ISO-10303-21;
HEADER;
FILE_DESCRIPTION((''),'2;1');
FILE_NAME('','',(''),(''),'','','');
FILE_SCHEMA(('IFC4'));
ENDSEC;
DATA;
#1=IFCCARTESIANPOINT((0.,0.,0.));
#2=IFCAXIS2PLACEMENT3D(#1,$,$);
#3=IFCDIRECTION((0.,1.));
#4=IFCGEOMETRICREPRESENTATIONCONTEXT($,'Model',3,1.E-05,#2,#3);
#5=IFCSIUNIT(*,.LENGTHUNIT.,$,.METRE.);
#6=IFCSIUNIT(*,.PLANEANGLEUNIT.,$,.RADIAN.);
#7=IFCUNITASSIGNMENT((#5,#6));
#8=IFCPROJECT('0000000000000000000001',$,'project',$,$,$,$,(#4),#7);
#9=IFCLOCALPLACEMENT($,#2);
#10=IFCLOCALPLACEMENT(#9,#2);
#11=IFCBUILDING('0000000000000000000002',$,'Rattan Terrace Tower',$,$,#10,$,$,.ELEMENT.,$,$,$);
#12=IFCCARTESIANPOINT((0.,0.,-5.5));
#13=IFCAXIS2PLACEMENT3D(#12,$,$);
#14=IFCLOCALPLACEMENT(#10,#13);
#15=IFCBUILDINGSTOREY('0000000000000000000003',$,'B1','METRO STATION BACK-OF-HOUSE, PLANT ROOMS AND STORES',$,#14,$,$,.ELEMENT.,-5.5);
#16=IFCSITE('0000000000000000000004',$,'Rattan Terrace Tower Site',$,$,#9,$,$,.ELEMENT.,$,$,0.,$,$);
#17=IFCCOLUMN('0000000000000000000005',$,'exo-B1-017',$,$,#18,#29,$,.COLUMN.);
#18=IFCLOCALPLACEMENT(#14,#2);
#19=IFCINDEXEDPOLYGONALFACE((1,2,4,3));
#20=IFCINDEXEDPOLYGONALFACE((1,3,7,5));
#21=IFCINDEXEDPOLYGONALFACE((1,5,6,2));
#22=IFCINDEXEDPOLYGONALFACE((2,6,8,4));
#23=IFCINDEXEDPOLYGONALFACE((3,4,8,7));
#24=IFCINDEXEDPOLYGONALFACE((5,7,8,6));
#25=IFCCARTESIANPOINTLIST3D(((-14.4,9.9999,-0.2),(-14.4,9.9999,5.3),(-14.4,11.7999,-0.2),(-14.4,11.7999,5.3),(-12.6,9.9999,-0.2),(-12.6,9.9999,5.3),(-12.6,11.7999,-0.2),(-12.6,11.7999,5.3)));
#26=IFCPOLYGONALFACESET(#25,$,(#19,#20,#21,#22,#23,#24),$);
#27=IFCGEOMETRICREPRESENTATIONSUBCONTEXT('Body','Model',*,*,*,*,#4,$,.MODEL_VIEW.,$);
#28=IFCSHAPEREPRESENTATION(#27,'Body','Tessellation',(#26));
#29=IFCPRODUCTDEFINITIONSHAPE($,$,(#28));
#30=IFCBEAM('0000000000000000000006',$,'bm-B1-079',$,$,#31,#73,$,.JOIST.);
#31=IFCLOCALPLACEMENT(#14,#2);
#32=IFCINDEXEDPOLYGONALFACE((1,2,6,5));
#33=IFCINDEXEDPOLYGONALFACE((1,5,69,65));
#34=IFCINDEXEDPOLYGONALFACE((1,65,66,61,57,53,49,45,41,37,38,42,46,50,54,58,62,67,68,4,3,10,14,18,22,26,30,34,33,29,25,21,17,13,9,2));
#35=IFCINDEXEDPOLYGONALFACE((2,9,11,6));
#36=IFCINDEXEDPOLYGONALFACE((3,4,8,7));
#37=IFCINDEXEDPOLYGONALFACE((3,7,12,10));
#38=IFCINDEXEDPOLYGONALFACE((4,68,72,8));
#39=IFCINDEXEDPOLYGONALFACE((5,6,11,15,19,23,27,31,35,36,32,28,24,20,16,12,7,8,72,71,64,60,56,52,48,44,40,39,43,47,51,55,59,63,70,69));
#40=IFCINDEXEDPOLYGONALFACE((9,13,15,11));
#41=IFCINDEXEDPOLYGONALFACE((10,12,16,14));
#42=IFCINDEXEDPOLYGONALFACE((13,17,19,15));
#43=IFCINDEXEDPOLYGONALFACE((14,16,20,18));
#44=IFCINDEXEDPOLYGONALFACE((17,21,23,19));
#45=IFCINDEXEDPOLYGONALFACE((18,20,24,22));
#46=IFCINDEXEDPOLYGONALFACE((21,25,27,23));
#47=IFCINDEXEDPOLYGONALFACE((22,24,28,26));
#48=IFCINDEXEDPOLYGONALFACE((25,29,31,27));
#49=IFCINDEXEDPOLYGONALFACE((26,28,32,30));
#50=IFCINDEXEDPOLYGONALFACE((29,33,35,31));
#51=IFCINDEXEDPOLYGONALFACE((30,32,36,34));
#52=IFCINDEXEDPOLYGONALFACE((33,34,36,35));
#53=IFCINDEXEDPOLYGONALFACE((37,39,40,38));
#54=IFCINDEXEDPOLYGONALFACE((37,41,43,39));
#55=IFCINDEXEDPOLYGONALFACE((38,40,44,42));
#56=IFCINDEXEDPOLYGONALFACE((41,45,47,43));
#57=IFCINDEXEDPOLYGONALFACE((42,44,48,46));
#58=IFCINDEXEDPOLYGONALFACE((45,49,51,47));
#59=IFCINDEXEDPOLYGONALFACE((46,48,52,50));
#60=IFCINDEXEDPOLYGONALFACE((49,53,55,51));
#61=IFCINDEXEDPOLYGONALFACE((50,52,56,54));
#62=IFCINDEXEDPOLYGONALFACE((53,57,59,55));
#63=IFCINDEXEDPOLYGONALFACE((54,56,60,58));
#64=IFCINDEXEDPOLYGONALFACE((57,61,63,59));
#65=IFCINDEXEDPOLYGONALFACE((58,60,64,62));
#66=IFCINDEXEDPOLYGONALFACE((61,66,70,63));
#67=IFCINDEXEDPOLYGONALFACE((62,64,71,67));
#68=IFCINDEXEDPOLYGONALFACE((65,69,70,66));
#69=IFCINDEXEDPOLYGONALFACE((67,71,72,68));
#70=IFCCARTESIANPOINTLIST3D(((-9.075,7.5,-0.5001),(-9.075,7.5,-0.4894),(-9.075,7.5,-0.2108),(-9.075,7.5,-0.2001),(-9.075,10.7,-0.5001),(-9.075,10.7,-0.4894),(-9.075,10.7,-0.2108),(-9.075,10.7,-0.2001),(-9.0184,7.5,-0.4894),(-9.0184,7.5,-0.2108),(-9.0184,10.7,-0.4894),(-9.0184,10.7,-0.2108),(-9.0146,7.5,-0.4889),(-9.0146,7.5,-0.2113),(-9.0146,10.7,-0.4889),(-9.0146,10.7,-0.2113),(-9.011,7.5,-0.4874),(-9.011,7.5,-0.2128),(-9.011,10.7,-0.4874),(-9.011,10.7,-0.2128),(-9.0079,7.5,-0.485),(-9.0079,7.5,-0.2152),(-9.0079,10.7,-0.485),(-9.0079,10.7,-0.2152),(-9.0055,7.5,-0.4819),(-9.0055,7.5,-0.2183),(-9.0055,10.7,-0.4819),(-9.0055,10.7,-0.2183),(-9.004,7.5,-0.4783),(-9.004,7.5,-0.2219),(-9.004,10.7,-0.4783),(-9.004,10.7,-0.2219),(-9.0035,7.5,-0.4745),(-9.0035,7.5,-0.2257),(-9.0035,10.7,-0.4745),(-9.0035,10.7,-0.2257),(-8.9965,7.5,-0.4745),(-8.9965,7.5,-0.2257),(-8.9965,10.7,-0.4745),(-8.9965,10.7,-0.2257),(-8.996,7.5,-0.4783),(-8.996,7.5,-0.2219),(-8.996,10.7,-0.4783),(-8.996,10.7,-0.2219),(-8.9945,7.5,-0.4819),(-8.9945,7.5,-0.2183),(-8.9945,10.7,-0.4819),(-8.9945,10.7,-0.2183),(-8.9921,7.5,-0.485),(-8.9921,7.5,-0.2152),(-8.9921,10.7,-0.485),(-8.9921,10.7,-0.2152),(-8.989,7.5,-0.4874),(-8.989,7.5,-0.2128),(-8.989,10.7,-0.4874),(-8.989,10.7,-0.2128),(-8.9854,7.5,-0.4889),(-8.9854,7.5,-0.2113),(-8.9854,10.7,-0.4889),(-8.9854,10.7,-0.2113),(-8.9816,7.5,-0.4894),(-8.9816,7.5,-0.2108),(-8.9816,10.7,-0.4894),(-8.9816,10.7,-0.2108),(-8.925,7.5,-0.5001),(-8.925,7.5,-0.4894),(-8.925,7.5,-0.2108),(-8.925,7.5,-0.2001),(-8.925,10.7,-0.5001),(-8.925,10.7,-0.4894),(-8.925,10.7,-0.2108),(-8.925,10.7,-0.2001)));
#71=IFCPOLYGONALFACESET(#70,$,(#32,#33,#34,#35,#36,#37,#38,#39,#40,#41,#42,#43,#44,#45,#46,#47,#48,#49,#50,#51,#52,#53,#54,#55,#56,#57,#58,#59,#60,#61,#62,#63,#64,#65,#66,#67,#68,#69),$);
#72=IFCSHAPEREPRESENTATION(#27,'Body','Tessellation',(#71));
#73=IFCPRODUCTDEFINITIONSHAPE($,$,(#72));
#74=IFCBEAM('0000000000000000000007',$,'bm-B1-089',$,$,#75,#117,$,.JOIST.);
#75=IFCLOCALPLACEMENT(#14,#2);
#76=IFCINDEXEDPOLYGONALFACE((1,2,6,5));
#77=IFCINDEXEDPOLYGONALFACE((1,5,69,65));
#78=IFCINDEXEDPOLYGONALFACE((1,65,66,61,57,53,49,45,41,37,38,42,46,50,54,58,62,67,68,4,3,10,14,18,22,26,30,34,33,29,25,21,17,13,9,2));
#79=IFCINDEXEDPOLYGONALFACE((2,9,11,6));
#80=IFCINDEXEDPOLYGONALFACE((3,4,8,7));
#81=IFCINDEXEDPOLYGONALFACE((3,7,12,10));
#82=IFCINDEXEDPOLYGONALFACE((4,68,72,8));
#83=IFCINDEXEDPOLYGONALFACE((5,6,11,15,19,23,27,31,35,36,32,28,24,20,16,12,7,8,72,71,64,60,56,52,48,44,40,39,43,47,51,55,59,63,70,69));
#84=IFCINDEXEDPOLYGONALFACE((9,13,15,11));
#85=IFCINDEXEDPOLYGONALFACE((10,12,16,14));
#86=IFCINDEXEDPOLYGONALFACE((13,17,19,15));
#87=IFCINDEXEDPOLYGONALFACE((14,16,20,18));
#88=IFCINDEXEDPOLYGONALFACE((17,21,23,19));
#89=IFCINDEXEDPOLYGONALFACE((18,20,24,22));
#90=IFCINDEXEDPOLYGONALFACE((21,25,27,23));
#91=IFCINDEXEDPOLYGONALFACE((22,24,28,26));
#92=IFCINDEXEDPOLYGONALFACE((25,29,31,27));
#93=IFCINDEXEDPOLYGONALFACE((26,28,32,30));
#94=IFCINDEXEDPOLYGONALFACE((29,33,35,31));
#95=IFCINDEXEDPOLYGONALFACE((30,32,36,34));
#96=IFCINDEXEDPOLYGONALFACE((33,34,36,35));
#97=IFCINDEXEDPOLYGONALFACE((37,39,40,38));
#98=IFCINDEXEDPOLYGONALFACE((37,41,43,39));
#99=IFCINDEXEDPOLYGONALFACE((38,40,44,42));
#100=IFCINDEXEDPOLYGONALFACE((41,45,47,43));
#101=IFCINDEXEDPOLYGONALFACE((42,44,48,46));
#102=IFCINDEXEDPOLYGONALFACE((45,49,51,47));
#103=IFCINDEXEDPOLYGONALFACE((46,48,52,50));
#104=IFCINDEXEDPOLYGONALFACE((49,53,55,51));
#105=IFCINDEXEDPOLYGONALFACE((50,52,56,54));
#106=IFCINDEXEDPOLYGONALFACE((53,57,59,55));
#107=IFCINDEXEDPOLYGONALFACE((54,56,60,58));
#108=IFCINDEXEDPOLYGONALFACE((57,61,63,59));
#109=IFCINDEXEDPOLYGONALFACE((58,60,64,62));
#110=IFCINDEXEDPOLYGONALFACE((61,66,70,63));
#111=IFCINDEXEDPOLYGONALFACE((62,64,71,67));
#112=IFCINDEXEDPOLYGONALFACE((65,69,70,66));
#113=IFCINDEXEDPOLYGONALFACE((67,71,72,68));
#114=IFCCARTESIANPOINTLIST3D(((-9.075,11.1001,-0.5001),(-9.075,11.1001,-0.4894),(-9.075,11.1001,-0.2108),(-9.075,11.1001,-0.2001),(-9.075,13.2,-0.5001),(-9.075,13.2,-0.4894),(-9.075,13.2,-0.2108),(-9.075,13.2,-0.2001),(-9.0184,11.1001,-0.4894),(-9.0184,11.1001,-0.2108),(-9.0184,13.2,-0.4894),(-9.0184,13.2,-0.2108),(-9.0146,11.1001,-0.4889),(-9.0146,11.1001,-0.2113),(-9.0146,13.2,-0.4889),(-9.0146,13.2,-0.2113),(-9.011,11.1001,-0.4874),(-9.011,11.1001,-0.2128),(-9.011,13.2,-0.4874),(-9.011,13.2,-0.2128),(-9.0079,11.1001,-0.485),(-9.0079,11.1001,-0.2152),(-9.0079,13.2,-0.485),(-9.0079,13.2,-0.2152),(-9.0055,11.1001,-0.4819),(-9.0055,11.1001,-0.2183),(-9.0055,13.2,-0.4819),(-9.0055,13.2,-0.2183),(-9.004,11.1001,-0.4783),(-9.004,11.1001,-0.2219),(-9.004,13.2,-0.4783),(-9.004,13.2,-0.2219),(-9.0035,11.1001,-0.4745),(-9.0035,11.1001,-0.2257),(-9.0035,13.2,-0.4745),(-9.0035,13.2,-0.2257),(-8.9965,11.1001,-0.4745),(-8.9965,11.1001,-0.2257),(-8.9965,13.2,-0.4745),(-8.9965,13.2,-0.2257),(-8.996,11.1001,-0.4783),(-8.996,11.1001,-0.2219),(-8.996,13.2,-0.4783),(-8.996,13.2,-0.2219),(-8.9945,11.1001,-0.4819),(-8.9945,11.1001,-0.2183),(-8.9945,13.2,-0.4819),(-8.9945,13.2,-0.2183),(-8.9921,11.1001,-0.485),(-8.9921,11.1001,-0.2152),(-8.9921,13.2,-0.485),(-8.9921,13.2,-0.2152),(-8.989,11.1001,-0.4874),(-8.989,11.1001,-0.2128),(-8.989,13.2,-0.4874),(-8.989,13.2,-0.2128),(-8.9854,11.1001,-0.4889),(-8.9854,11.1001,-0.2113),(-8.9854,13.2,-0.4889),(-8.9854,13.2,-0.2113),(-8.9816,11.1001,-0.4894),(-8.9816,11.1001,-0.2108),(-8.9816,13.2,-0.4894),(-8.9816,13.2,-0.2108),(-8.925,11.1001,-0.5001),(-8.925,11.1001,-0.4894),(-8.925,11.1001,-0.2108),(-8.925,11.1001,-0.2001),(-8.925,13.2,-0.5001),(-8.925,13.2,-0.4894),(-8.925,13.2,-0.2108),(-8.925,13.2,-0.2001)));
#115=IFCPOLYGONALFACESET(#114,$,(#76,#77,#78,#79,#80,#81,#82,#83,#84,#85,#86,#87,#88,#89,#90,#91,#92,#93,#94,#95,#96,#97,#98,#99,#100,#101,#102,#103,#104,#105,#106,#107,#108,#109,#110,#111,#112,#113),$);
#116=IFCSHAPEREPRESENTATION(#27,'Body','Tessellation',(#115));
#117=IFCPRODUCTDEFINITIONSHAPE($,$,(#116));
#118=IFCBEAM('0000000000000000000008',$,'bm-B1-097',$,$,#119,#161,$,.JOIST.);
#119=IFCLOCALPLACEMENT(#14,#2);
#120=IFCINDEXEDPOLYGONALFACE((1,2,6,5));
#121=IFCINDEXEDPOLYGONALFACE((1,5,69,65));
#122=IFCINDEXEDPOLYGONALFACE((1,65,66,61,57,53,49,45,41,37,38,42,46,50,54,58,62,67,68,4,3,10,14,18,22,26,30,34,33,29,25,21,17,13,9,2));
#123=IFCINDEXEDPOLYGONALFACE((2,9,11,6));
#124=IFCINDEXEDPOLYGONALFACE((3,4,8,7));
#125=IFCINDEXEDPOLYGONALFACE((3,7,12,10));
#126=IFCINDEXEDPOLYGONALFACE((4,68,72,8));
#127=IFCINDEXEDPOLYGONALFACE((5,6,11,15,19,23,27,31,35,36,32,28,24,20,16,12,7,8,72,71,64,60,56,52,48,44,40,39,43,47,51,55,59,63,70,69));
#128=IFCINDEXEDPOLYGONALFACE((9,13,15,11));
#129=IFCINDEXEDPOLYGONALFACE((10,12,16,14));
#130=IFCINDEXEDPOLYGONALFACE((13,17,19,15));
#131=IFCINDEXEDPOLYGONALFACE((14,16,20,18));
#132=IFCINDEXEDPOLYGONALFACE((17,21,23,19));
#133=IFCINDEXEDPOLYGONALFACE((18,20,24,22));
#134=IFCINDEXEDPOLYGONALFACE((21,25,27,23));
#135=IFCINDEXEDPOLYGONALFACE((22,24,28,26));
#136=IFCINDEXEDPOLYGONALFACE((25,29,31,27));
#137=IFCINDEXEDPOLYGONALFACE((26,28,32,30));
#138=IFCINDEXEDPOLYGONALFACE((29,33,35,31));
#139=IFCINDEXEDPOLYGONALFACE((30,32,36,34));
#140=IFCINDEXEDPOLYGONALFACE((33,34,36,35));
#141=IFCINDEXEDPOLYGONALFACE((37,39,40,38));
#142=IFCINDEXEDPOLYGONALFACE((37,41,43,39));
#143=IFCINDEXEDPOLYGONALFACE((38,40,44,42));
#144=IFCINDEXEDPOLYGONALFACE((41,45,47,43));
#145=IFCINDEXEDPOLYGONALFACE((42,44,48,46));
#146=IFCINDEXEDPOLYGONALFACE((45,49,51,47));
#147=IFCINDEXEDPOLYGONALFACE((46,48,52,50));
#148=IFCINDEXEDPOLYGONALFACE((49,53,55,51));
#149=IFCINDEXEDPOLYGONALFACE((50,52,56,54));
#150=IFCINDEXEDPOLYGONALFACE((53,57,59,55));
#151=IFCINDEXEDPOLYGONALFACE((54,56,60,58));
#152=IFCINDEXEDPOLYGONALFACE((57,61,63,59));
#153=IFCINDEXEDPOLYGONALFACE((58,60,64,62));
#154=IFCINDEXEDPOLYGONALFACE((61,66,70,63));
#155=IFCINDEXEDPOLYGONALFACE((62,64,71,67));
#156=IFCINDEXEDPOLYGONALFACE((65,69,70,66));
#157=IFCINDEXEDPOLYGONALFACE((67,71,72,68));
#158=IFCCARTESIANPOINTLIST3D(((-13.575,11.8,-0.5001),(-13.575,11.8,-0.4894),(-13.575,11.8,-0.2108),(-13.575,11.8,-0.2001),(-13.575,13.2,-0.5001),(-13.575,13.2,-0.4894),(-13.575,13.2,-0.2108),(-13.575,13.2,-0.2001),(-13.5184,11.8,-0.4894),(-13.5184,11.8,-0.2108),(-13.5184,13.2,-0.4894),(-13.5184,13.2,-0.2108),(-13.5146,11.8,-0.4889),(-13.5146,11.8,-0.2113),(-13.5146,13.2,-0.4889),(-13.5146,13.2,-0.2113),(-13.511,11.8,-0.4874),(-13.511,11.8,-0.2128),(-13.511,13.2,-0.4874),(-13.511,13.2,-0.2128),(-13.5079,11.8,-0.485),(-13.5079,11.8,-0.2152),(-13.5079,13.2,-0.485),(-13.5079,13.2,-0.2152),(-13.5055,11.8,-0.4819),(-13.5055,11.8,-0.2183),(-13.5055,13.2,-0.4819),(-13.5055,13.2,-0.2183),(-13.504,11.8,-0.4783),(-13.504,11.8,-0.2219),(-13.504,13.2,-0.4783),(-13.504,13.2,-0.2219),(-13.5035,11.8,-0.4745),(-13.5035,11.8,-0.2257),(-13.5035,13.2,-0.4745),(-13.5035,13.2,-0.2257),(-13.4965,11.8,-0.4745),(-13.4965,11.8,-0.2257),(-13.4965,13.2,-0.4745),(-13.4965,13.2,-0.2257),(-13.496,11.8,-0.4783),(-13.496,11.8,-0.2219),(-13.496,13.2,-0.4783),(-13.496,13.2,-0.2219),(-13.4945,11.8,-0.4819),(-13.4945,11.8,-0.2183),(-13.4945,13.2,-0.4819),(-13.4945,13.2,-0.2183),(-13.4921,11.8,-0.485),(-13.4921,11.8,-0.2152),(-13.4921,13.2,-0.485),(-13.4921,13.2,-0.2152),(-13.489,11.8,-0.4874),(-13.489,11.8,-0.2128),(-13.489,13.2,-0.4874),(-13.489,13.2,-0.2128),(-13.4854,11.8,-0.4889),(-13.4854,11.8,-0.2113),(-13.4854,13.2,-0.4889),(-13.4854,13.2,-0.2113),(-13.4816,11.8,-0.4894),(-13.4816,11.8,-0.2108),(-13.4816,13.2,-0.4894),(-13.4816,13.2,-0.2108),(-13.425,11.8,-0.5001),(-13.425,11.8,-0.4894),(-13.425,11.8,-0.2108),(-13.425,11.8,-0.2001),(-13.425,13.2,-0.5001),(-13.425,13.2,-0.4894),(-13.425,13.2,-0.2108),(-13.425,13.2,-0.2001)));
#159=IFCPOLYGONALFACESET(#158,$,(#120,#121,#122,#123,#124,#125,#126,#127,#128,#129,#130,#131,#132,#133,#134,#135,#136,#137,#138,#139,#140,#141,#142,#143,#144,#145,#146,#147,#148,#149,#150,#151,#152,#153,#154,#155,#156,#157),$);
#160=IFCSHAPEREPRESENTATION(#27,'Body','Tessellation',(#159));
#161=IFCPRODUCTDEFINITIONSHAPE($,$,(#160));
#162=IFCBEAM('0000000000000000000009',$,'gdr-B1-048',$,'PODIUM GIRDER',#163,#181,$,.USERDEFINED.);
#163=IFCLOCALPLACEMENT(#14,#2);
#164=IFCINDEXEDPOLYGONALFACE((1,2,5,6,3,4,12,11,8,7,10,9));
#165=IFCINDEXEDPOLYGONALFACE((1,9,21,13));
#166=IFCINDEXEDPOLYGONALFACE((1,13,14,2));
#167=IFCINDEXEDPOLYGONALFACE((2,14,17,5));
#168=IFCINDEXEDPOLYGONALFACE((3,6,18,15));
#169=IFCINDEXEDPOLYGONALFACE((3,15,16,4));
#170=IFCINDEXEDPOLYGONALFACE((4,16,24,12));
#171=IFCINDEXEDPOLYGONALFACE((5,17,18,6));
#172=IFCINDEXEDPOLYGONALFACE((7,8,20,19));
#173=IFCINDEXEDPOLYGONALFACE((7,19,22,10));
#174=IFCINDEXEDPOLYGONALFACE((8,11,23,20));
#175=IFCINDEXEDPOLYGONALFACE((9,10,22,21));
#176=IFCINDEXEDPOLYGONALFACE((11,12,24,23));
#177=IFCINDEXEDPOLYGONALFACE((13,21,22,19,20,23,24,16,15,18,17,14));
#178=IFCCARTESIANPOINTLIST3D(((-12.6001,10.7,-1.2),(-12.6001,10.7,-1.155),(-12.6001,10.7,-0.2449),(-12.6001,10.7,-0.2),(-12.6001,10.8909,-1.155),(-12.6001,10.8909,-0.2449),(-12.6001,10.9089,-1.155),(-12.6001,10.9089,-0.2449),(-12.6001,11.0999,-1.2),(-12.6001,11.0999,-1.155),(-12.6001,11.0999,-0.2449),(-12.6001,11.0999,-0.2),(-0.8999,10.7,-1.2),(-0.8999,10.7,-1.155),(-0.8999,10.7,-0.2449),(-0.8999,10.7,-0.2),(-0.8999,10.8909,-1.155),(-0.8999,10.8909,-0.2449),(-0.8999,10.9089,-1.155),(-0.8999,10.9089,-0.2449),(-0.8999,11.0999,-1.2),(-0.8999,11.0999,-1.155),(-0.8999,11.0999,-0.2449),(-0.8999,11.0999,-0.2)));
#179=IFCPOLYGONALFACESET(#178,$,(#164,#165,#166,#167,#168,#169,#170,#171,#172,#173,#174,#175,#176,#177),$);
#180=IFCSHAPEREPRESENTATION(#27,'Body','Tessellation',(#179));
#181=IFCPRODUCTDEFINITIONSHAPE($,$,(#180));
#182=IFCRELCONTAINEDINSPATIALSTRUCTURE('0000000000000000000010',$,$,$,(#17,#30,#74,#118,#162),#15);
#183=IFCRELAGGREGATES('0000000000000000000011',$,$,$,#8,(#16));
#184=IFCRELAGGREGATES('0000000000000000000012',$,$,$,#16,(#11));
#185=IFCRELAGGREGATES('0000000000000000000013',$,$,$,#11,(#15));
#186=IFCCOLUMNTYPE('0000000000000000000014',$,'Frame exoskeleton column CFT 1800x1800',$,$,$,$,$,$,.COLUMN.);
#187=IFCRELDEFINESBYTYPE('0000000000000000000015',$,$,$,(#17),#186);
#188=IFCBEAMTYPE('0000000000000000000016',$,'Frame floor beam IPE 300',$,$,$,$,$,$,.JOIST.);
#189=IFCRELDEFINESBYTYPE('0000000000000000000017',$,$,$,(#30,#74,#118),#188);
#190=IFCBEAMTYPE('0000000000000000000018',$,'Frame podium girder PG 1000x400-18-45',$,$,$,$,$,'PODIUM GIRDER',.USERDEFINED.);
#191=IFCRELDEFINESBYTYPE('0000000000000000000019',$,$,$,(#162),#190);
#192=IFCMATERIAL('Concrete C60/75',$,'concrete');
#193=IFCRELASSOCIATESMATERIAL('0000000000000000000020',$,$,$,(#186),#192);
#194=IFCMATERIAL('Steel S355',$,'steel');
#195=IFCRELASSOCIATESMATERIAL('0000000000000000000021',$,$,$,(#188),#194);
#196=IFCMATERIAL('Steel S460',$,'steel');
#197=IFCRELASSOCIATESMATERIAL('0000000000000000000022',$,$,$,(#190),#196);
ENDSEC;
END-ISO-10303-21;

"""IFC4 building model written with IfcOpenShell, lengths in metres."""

from ifc_helpers import new_model, si_unit, direction, frame, origin, origin_2d, place, context, subcontext, project, spatial, rectangle, i_section, extrude, material, material_profile, profile_set, type_object, element, save


model = new_model("IFC4")

# Units and contexts
model_context = context("Model", 3, precision=1e-05, world=origin(), true_north=direction((0.0, 1.0)))
body_context = subcontext(model_context, "Body", "Model", "MODEL_VIEW")
ifc_project = project(units=[si_unit("LENGTHUNIT", "METRE"), si_unit("PLANEANGLEUNIT", "RADIAN")], contexts=[model_context])

# Site, building, storey
site_placement = place(None, origin())
site = spatial("IfcSite", under=ifc_project, at=site_placement, Name="Rattan Terrace Tower Site", CompositionType="ELEMENT", RefElevation=0.0)
building_placement = place(site_placement, origin())
building = spatial("IfcBuilding", under=site, at=building_placement, Name="Rattan Terrace Tower", CompositionType="ELEMENT")
storey_placement = place(building_placement, frame((0.0, 0.0, -5.5)))
storey = spatial("IfcBuildingStorey", under=building, at=storey_placement, Name="B1", Description="METRO STATION BACK-OF-HOUSE, PLANT ROOMS AND STORES", CompositionType="ELEMENT", Elevation=-5.5)

# Column
ifc_material_1 = material(Name="Concrete C60/75", Category="concrete")
ifc_material_profile_1 = material_profile(ifc_material_1, rectangle(XDim=1.8, YDim=1.8, at=origin_2d()), Name="CFT 1800x1800")
ifc_profile_set_1 = profile_set([ifc_material_profile_1], Name="Concrete C60/75")
column_type = type_object("IfcColumnType", Name="Frame exoskeleton column CFT 1800x1800", PredefinedType="COLUMN", material=ifc_profile_set_1)
column_placement = place(storey_placement, frame((-13.5, 10.8999, -0.2), z_axis=(0.0, 0.0, 1.0), x_axis=(1.0, 0.0, 0.0)))
element("IfcColumn", 1, at=column_placement, inside=storey, type_object=column_type, Name="exo-B1-017", PredefinedType="COLUMN", context=body_context, shape_type="SweptSolid", body=[
    extrude(rectangle(XDim=1.8, YDim=1.8, at=origin_2d()), origin(), (0.0, 0.0, 1.0), 5.5),
])

# Beams
ifc_material_2 = material(Name="Steel S355", Category="steel")
ifc_material_profile_2 = material_profile(ifc_material_2, i_section(OverallWidth=0.1499, OverallDepth=0.3, WebThickness=0.0071, FlangeThickness=0.0107, FilletRadius=0.0149, at=origin_2d()), Name="IPE 300")
ifc_profile_set_2 = profile_set([ifc_material_profile_2], Name="Steel S355")
beam_type_1 = type_object("IfcBeamType", Name="Frame floor beam IPE 300", PredefinedType="JOIST", material=ifc_profile_set_2)
beam_1_placement = place(storey_placement, frame((-9.0, 7.5, -0.3501), z_axis=(0.0, 1.0, 0.0), x_axis=(-1.0, 0.0, 0.0)))
element("IfcBeam", 2, at=beam_1_placement, inside=storey, type_object=beam_type_1, Name="bm-B1-079", PredefinedType="JOIST", context=body_context, shape_type="SweptSolid", body=[
    extrude(i_section(OverallWidth=0.1499, OverallDepth=0.3, WebThickness=0.0071, FlangeThickness=0.0107, FilletRadius=0.0149, at=origin_2d()), origin(), (0.0, 0.0, 1.0), 3.2),
])
beam_2_placement = place(storey_placement, frame((-9.0, 11.1001, -0.3501), z_axis=(0.0, 1.0, 0.0), x_axis=(-1.0, 0.0, 0.0)))
element("IfcBeam", 3, at=beam_2_placement, inside=storey, type_object=beam_type_1, Name="bm-B1-089", PredefinedType="JOIST", context=body_context, shape_type="SweptSolid", body=[
    extrude(i_section(OverallWidth=0.1499, OverallDepth=0.3, WebThickness=0.0071, FlangeThickness=0.0107, FilletRadius=0.0149, at=origin_2d()), origin(), (0.0, 0.0, 1.0), 2.0999),
])
beam_3_placement = place(storey_placement, frame((-13.5, 11.8, -0.3501), z_axis=(0.0, 1.0, 0.0), x_axis=(-1.0, 0.0, 0.0)))
element("IfcBeam", 4, at=beam_3_placement, inside=storey, type_object=beam_type_1, Name="bm-B1-097", PredefinedType="JOIST", context=body_context, shape_type="SweptSolid", body=[
    extrude(i_section(OverallWidth=0.1499, OverallDepth=0.3, WebThickness=0.0071, FlangeThickness=0.0107, FilletRadius=0.0149, at=origin_2d()), origin(), (0.0, 0.0, 1.0), 1.3999),
])
ifc_material_3 = material(Name="Steel S460", Category="steel")
ifc_material_profile_3 = material_profile(ifc_material_3, i_section(OverallWidth=0.3999, OverallDepth=1.0, WebThickness=0.0181, FlangeThickness=0.0449, at=origin_2d()), Name="PG 1000x400-18-45")
ifc_profile_set_3 = profile_set([ifc_material_profile_3], Name="Steel S460")
beam_type_2 = type_object("IfcBeamType", Name="Frame podium girder PG 1000x400-18-45", ElementType="PODIUM GIRDER", PredefinedType="USERDEFINED", material=ifc_profile_set_3)
beam_4_placement = place(storey_placement, frame((-12.6001, 10.8999, -0.7), z_axis=(1.0, 0.0, 0.0), x_axis=(0.0, 1.0, 0.0)))
element("IfcBeam", 5, at=beam_4_placement, inside=storey, type_object=beam_type_2, Name="gdr-B1-048", ObjectType="PODIUM GIRDER", PredefinedType="USERDEFINED", context=body_context, shape_type="SweptSolid", body=[
    extrude(i_section(OverallWidth=0.3999, OverallDepth=1.0, WebThickness=0.0181, FlangeThickness=0.0449, at=origin_2d()), origin(), (0.0, 0.0, 1.0), 11.7002),
])

save(model, "model.ifc")
